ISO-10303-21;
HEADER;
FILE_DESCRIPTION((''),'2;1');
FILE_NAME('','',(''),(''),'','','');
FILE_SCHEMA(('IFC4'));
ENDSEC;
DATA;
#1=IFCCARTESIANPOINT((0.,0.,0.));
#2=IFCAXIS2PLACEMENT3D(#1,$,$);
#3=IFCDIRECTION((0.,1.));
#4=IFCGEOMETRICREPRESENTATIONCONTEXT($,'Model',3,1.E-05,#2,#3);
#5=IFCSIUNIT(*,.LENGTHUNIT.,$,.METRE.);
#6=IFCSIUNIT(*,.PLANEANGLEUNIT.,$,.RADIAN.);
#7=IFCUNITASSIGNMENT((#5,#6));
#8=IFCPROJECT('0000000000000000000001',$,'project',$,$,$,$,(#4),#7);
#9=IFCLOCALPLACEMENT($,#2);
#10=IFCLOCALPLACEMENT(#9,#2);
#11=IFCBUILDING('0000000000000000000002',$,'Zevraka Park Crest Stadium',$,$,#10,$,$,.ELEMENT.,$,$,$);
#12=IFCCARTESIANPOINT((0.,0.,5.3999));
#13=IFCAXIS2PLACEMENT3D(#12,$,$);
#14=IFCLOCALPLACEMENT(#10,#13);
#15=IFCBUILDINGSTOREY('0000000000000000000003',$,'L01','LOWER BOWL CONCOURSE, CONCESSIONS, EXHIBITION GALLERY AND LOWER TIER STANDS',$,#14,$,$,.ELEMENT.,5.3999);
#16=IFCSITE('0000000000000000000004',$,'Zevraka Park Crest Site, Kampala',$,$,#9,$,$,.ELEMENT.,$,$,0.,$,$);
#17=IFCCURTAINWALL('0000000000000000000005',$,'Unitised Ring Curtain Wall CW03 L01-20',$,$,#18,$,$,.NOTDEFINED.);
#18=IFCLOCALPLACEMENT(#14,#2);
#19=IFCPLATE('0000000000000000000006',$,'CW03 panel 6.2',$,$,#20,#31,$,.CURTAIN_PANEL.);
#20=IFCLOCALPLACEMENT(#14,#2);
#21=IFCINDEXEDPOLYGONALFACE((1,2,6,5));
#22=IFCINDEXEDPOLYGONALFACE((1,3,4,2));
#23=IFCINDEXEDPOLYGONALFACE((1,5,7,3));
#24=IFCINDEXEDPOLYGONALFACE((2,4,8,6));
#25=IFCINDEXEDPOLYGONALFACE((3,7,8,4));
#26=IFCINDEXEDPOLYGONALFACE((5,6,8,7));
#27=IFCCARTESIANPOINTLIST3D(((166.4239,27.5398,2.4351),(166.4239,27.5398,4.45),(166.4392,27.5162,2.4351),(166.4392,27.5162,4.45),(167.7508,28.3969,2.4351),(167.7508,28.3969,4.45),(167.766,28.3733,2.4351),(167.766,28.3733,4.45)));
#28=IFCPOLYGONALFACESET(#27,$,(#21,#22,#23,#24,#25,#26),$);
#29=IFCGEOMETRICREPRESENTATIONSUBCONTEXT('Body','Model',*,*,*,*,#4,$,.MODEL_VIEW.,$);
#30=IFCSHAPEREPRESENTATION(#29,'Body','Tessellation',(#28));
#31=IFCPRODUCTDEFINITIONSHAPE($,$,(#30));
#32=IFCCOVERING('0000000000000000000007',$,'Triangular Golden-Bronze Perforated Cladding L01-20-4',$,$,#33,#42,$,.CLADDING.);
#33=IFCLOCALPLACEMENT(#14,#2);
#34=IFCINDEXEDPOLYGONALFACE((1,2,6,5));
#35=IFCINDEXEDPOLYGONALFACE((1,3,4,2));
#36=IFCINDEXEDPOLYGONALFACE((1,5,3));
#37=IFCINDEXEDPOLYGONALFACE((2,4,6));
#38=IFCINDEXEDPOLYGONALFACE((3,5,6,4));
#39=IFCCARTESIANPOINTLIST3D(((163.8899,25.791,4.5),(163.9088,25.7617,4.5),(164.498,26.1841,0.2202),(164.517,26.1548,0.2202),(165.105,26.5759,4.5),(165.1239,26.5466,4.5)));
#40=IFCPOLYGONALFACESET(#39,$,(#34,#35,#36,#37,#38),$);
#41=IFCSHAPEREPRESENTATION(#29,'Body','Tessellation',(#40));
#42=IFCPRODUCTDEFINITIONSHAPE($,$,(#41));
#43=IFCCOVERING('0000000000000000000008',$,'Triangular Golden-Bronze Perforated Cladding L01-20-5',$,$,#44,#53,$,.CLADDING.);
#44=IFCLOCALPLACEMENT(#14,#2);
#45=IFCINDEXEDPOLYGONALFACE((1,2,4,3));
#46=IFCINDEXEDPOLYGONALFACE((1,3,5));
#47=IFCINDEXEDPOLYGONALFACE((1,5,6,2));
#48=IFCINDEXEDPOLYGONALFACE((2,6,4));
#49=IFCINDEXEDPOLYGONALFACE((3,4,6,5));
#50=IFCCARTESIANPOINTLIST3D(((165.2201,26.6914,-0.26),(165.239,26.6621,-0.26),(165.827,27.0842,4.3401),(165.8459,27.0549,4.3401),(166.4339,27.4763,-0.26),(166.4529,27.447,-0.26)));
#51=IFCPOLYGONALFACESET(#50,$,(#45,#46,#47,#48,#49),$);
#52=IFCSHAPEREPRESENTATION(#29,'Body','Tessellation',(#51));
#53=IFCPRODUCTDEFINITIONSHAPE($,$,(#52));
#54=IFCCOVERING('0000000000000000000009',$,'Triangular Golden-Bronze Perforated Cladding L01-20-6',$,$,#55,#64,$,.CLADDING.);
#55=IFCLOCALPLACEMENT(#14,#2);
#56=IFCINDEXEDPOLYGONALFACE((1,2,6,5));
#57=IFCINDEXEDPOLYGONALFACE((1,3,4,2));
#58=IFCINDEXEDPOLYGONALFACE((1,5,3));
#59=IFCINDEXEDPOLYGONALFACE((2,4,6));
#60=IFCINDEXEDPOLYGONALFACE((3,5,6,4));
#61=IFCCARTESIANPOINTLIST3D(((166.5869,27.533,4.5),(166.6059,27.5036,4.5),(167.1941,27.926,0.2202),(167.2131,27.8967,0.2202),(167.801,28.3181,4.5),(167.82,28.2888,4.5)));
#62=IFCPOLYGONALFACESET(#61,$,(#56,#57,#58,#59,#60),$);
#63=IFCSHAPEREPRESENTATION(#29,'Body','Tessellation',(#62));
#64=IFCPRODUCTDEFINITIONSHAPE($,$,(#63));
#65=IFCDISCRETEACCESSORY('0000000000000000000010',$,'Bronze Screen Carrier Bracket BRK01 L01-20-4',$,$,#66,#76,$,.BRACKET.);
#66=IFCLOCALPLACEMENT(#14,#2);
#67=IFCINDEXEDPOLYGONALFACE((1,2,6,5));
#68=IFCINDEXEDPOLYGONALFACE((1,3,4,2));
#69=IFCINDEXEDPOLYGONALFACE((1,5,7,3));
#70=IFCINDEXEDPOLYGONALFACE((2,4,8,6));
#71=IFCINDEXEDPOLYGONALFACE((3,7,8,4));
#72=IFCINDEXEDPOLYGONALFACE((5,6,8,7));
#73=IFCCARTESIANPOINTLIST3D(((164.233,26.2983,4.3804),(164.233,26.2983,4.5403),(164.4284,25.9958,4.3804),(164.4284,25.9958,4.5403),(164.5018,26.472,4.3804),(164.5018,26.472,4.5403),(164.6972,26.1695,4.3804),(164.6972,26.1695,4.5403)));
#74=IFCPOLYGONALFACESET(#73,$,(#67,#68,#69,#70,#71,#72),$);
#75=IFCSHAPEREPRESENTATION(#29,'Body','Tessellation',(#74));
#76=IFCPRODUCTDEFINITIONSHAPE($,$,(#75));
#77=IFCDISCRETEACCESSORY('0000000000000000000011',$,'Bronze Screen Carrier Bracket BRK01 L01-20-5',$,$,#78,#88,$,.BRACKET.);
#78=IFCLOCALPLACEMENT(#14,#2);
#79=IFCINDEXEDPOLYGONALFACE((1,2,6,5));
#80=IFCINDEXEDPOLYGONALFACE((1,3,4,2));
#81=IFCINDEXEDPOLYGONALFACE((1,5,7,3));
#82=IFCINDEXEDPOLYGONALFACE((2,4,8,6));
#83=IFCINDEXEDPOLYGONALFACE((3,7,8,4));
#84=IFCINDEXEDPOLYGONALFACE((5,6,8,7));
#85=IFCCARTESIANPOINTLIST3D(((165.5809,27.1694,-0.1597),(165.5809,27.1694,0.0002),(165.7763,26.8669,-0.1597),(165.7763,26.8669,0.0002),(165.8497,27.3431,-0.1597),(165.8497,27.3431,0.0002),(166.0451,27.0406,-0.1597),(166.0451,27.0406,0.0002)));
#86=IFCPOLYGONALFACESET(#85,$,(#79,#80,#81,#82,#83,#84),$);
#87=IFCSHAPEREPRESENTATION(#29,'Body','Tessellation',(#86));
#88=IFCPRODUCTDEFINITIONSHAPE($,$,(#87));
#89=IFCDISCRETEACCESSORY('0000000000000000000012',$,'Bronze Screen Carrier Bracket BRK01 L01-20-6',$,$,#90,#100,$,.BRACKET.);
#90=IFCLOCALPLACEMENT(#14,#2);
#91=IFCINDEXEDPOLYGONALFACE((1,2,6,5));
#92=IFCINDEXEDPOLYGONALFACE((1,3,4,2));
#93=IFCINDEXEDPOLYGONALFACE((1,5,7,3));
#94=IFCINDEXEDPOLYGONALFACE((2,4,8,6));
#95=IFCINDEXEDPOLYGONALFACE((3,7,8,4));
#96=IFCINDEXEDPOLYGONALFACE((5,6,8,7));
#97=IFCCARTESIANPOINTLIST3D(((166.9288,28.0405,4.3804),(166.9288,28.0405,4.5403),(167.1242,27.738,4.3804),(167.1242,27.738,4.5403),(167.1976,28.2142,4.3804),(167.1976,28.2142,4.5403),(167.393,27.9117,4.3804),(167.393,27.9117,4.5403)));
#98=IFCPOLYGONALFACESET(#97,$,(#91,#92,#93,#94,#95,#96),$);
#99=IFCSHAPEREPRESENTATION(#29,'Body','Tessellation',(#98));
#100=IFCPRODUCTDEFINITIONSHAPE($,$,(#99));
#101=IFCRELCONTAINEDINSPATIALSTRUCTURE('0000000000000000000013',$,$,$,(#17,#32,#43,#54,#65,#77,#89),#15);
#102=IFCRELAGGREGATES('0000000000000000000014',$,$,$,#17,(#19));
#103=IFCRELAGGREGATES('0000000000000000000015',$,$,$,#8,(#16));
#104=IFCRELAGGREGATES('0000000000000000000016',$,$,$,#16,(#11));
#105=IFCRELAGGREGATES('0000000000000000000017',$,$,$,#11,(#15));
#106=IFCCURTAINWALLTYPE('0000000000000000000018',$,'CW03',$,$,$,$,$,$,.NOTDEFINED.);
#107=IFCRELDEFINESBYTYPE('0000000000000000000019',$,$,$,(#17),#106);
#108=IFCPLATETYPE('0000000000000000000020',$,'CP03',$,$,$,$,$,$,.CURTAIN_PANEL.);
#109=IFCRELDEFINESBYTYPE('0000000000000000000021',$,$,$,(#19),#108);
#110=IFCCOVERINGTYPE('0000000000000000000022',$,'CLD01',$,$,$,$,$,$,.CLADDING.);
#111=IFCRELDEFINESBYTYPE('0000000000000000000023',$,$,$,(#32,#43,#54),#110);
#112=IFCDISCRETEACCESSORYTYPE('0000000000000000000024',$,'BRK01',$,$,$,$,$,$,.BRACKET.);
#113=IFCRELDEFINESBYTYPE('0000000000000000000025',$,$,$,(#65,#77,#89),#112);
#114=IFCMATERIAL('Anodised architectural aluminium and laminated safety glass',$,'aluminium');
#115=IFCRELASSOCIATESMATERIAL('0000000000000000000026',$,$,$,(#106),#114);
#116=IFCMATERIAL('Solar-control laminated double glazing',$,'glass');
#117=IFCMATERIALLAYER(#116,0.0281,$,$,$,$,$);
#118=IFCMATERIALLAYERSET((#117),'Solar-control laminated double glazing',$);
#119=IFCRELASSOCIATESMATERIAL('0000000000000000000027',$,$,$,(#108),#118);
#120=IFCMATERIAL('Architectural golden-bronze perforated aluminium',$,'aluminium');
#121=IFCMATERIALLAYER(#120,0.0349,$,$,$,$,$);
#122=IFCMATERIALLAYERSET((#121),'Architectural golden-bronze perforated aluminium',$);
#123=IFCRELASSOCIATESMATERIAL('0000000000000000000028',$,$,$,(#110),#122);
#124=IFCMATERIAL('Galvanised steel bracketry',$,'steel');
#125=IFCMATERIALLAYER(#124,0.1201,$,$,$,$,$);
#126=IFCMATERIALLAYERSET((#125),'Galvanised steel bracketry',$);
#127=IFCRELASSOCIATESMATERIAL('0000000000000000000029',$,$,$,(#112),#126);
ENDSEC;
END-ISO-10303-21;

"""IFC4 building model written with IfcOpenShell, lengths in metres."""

from ifc_helpers import new_model, si_unit, direction, frame, origin, origin_2d, place, context, subcontext, project, spatial, polyline, rectangle, outline, extrude, material, layer, layer_set, type_object, element, aggregate, save


model = new_model("IFC4")

# Units and contexts
model_context = context("Model", 3, precision=1e-05, world=origin(), true_north=direction((0.0, 1.0)))
body_context = subcontext(model_context, "Body", "Model", "MODEL_VIEW")
ifc_project = project(units=[si_unit("LENGTHUNIT", "METRE"), si_unit("PLANEANGLEUNIT", "RADIAN")], contexts=[model_context])

# Site, building, storey
site_placement = place(None, origin())
site = spatial("IfcSite", under=ifc_project, at=site_placement, Name="Zevraka Park Crest Site, Kampala", CompositionType="ELEMENT", RefElevation=0.0)
building_placement = place(site_placement, origin())
building = spatial("IfcBuilding", under=site, at=building_placement, Name="Zevraka Park Crest Stadium", CompositionType="ELEMENT")
storey_placement = place(building_placement, frame((0.0, 0.0, 5.3999)))
storey = spatial("IfcBuildingStorey", under=building, at=storey_placement, Name="L01", Description="LOWER BOWL CONCOURSE, CONCESSIONS, EXHIBITION GALLERY AND LOWER TIER STANDS", CompositionType="ELEMENT", Elevation=5.3999)

# Curtain wall, plate
ifc_material_1 = material(Name="Anodised architectural aluminium and laminated safety glass", Category="aluminium")
curtain_wall_type = type_object("IfcCurtainWallType", Name="CW03", PredefinedType="NOTDEFINED", material=ifc_material_1)
curtain_wall_placement = place(storey_placement, origin())
curtain_wall = element("IfcCurtainWall", 1, at=curtain_wall_placement, inside=storey, type_object=curtain_wall_type, Name="Unitised Ring Curtain Wall CW03 L01-20", PredefinedType="NOTDEFINED")
ifc_material_2 = material(Name="Solar-control laminated double glazing", Category="glass")
ifc_layer_1 = layer(ifc_material_2, 0.0281)
ifc_layer_set_1 = layer_set([ifc_layer_1], Name="Solar-control laminated double glazing")
plate_type = type_object("IfcPlateType", Name="CP03", PredefinedType="CURTAIN_PANEL", material=ifc_layer_set_1)
plate_1_placement = place(storey_placement, frame((167.095, 27.9565, 2.4351), z_axis=(0.0, 0.0, 1.0), x_axis=(0.84001, 0.542571, 0.0)))
plate_1 = element("IfcPlate", 2, at=plate_1_placement, type_object=plate_type, Name="CW03 panel 6.2", PredefinedType="CURTAIN_PANEL", context=body_context, shape_type="SweptSolid", body=[
    extrude(rectangle(XDim=1.5796, YDim=0.0281, at=origin_2d()), origin(), (0.0, 0.0, 1.0), 2.0149),
])
aggregate(curtain_wall, [plate_1])

# Coverings
ifc_material_3 = material(Name="Architectural golden-bronze perforated aluminium", Category="aluminium")
ifc_layer_2 = layer(ifc_material_3, 0.0349)
ifc_layer_set_2 = layer_set([ifc_layer_2], Name="Architectural golden-bronze perforated aluminium")
covering_type = type_object("IfcCoveringType", Name="CLD01", PredefinedType="CLADDING", material=ifc_layer_set_2)
covering_1_placement = place(storey_placement, frame((165.105, 26.5759, 4.5), z_axis=(-0.542607, 0.839986, 0.000042), x_axis=(-0.839986, -0.542607, 0.0)))
element("IfcCovering", 3, at=covering_1_placement, inside=storey, type_object=covering_type, Name="Triangular Golden-Bronze Perforated Cladding L01-20-4", PredefinedType="CLADDING", context=body_context, shape_type="SweptSolid", body=[
    extrude(outline(polyline([(0.0, 0.0), (1.4466, 0.0), (0.7224, -4.2798), (0.0, 0.0)])), origin(), (0.0, 0.0, -1.0), 0.0349),
])
covering_2_placement = place(storey_placement, frame((165.239, 26.6621, -0.26), z_axis=(0.542992, -0.839738, 0.000067), x_axis=(0.839738, 0.542992, 0.0)))
element("IfcCovering", 4, at=covering_2_placement, inside=storey, type_object=covering_type, Name="Triangular Golden-Bronze Perforated Cladding L01-20-5", PredefinedType="CLADDING", context=body_context, shape_type="SweptSolid", body=[
    extrude(outline(polyline([(0.0, 0.0), (1.4455, 0.0), (0.723, 4.6001), (0.0, 0.0)])), origin(), (0.0, 0.0, -1.0), 0.0349),
])
covering_3_placement = place(storey_placement, frame((167.801, 28.3181, 4.5), z_axis=(-0.543034, 0.839711, 0.00008), x_axis=(-0.839711, -0.543034, 0.0)))
element("IfcCovering", 5, at=covering_3_placement, inside=storey, type_object=covering_type, Name="Triangular Golden-Bronze Perforated Cladding L01-20-6", PredefinedType="CLADDING", context=body_context, shape_type="SweptSolid", body=[
    extrude(outline(polyline([(0.0, 0.0), (1.4459, 0.0), (0.7226, -4.2798), (0.0, 0.0)])), origin(), (0.0, 0.0, -1.0), 0.0349),
])

# Discrete accessories
ifc_material_4 = material(Name="Galvanised steel bracketry", Category="steel")
ifc_layer_3 = layer(ifc_material_4, 0.1201)
ifc_layer_set_3 = layer_set([ifc_layer_3], Name="Galvanised steel bracketry")
discrete_accessory_type = type_object("IfcDiscreteAccessoryType", Name="BRK01", PredefinedType="BRACKET", material=ifc_layer_set_3)
for number, where, z_axis, x_axis, name in (
    (6, (164.4651, 26.2339, 4.3804), (0.0, 0.0, 1.0), (0.839999, 0.542588, 0.0), "Bronze Screen Carrier Bracket BRK01 L01-20-4"),
    (7, (165.813, 27.105, -0.1597), (0.0, 0.0, 1.0), (0.839999, 0.542588, 0.0), "Bronze Screen Carrier Bracket BRK01 L01-20-5"),
    (8, (167.1609, 27.9761, 4.3804), (0.0, 0.0, 1.0), (0.839999, 0.542588, 0.0), "Bronze Screen Carrier Bracket BRK01 L01-20-6"),
):
    element("IfcDiscreteAccessory", number, at=place(storey_placement, frame(where, z_axis=z_axis, x_axis=x_axis)), inside=storey, type_object=discrete_accessory_type, Name=name, PredefinedType="BRACKET", context=body_context, shape_type="SweptSolid", body=[
        extrude(rectangle(XDim=0.3201, YDim=0.3601, at=origin_2d()), origin(), (0.0, 0.0, 1.0), 0.1599),
    ])

save(model, "model.ifc")
